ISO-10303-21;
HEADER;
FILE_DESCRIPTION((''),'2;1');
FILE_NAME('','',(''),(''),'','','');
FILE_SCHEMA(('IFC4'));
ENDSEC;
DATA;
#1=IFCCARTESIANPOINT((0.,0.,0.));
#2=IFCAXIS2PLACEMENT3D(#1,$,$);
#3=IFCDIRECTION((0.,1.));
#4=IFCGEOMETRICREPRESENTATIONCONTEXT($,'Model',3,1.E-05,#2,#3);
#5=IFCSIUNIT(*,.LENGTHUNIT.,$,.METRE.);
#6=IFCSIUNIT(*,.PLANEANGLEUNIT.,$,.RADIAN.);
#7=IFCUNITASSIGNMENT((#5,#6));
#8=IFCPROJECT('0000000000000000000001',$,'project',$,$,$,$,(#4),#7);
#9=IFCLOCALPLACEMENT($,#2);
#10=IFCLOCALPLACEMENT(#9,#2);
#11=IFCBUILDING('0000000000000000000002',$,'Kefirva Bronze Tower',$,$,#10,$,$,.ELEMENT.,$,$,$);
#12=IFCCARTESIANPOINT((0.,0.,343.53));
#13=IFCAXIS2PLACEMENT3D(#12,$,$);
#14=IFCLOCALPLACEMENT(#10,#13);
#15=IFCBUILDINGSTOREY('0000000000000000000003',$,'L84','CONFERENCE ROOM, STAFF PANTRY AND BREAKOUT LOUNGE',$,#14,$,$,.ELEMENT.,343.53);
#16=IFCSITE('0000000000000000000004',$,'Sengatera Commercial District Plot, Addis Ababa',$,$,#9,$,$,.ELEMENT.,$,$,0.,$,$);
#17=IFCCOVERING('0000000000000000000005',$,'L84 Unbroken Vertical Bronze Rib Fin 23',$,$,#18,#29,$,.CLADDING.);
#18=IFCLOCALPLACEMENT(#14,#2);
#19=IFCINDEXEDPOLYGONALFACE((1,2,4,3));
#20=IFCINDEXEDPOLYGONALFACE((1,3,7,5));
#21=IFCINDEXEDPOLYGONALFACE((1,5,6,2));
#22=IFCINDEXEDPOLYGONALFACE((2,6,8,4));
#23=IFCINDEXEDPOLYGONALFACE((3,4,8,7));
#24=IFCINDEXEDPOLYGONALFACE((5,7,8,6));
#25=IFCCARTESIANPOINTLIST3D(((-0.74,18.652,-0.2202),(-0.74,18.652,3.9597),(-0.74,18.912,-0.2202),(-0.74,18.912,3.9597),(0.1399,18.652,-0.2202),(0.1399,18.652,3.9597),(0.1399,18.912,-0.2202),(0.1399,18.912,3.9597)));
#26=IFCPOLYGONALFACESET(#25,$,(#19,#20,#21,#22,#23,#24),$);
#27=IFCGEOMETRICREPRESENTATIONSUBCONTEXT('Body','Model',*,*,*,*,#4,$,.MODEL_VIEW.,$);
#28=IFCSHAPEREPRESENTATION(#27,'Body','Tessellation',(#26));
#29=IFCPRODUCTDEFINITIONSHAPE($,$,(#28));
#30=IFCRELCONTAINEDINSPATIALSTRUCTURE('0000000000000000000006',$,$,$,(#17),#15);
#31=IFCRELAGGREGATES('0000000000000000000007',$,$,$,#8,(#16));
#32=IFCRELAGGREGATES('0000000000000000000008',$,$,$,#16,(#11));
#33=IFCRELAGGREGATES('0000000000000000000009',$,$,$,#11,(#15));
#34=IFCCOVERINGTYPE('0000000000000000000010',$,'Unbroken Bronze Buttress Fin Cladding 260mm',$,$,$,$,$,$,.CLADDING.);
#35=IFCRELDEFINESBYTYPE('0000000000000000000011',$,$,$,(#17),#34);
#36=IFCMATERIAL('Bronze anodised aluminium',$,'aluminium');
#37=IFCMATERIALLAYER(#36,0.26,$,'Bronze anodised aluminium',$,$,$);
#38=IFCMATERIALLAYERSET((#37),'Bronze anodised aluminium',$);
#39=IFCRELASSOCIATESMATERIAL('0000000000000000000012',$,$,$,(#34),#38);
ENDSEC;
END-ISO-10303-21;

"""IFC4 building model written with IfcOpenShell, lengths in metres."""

from ifc_helpers import new_model, si_unit, direction, frame, origin, origin_2d, place, context, subcontext, project, spatial, rectangle, extrude, material, layer, layer_set, type_object, element, save


model = new_model("IFC4")

# Units and contexts
model_context = context("Model", 3, precision=1e-05, world=origin(), true_north=direction((0.0, 1.0)))
body_context = subcontext(model_context, "Body", "Model", "MODEL_VIEW")
ifc_project = project(units=[si_unit("LENGTHUNIT", "METRE"), si_unit("PLANEANGLEUNIT", "RADIAN")], contexts=[model_context])

# Site, building, storey
site_placement = place(None, origin())
site = spatial("IfcSite", under=ifc_project, at=site_placement, Name="Sengatera Commercial District Plot, Addis Ababa", CompositionType="ELEMENT", RefElevation=0.0)
building_placement = place(site_placement, origin())
building = spatial("IfcBuilding", under=site, at=building_placement, Name="Kefirva Bronze Tower", CompositionType="ELEMENT")
storey_placement = place(building_placement, frame((0.0, 0.0, 343.53)))
storey = spatial("IfcBuildingStorey", under=building, at=storey_placement, Name="L84", Description="CONFERENCE ROOM, STAFF PANTRY AND BREAKOUT LOUNGE", CompositionType="ELEMENT", Elevation=343.53)

# Shared definitions
ifc_material_1 = material(Name="Bronze anodised aluminium", Category="aluminium")

# Covering
ifc_layer_1 = layer(ifc_material_1, 0.26, Name="Bronze anodised aluminium")
ifc_layer_set_1 = layer_set([ifc_layer_1], Name="Bronze anodised aluminium")
covering_type_1 = type_object("IfcCoveringType", Name="Unbroken Bronze Buttress Fin Cladding 260mm", PredefinedType="CLADDING", material=ifc_layer_set_1)
for number, where, z_axis, x_axis, name in (
    (1, (-0.3, 18.782, -0.2202), (0.0, 0.0, 1.0), (0.0, -1.0, 0.0), "L84 Unbroken Vertical Bronze Rib Fin 23"),
):
    element("IfcCovering", number, at=place(storey_placement, frame(where, z_axis=z_axis, x_axis=x_axis)), inside=storey, type_object=covering_type_1, Name=name, PredefinedType="CLADDING", context=body_context, shape_type="SweptSolid", body=[
        extrude(rectangle(XDim=0.26, YDim=0.8799, at=origin_2d()), origin(), (0.0, 0.0, 1.0), 4.1799),
    ])

save(model, "model.ifc")
